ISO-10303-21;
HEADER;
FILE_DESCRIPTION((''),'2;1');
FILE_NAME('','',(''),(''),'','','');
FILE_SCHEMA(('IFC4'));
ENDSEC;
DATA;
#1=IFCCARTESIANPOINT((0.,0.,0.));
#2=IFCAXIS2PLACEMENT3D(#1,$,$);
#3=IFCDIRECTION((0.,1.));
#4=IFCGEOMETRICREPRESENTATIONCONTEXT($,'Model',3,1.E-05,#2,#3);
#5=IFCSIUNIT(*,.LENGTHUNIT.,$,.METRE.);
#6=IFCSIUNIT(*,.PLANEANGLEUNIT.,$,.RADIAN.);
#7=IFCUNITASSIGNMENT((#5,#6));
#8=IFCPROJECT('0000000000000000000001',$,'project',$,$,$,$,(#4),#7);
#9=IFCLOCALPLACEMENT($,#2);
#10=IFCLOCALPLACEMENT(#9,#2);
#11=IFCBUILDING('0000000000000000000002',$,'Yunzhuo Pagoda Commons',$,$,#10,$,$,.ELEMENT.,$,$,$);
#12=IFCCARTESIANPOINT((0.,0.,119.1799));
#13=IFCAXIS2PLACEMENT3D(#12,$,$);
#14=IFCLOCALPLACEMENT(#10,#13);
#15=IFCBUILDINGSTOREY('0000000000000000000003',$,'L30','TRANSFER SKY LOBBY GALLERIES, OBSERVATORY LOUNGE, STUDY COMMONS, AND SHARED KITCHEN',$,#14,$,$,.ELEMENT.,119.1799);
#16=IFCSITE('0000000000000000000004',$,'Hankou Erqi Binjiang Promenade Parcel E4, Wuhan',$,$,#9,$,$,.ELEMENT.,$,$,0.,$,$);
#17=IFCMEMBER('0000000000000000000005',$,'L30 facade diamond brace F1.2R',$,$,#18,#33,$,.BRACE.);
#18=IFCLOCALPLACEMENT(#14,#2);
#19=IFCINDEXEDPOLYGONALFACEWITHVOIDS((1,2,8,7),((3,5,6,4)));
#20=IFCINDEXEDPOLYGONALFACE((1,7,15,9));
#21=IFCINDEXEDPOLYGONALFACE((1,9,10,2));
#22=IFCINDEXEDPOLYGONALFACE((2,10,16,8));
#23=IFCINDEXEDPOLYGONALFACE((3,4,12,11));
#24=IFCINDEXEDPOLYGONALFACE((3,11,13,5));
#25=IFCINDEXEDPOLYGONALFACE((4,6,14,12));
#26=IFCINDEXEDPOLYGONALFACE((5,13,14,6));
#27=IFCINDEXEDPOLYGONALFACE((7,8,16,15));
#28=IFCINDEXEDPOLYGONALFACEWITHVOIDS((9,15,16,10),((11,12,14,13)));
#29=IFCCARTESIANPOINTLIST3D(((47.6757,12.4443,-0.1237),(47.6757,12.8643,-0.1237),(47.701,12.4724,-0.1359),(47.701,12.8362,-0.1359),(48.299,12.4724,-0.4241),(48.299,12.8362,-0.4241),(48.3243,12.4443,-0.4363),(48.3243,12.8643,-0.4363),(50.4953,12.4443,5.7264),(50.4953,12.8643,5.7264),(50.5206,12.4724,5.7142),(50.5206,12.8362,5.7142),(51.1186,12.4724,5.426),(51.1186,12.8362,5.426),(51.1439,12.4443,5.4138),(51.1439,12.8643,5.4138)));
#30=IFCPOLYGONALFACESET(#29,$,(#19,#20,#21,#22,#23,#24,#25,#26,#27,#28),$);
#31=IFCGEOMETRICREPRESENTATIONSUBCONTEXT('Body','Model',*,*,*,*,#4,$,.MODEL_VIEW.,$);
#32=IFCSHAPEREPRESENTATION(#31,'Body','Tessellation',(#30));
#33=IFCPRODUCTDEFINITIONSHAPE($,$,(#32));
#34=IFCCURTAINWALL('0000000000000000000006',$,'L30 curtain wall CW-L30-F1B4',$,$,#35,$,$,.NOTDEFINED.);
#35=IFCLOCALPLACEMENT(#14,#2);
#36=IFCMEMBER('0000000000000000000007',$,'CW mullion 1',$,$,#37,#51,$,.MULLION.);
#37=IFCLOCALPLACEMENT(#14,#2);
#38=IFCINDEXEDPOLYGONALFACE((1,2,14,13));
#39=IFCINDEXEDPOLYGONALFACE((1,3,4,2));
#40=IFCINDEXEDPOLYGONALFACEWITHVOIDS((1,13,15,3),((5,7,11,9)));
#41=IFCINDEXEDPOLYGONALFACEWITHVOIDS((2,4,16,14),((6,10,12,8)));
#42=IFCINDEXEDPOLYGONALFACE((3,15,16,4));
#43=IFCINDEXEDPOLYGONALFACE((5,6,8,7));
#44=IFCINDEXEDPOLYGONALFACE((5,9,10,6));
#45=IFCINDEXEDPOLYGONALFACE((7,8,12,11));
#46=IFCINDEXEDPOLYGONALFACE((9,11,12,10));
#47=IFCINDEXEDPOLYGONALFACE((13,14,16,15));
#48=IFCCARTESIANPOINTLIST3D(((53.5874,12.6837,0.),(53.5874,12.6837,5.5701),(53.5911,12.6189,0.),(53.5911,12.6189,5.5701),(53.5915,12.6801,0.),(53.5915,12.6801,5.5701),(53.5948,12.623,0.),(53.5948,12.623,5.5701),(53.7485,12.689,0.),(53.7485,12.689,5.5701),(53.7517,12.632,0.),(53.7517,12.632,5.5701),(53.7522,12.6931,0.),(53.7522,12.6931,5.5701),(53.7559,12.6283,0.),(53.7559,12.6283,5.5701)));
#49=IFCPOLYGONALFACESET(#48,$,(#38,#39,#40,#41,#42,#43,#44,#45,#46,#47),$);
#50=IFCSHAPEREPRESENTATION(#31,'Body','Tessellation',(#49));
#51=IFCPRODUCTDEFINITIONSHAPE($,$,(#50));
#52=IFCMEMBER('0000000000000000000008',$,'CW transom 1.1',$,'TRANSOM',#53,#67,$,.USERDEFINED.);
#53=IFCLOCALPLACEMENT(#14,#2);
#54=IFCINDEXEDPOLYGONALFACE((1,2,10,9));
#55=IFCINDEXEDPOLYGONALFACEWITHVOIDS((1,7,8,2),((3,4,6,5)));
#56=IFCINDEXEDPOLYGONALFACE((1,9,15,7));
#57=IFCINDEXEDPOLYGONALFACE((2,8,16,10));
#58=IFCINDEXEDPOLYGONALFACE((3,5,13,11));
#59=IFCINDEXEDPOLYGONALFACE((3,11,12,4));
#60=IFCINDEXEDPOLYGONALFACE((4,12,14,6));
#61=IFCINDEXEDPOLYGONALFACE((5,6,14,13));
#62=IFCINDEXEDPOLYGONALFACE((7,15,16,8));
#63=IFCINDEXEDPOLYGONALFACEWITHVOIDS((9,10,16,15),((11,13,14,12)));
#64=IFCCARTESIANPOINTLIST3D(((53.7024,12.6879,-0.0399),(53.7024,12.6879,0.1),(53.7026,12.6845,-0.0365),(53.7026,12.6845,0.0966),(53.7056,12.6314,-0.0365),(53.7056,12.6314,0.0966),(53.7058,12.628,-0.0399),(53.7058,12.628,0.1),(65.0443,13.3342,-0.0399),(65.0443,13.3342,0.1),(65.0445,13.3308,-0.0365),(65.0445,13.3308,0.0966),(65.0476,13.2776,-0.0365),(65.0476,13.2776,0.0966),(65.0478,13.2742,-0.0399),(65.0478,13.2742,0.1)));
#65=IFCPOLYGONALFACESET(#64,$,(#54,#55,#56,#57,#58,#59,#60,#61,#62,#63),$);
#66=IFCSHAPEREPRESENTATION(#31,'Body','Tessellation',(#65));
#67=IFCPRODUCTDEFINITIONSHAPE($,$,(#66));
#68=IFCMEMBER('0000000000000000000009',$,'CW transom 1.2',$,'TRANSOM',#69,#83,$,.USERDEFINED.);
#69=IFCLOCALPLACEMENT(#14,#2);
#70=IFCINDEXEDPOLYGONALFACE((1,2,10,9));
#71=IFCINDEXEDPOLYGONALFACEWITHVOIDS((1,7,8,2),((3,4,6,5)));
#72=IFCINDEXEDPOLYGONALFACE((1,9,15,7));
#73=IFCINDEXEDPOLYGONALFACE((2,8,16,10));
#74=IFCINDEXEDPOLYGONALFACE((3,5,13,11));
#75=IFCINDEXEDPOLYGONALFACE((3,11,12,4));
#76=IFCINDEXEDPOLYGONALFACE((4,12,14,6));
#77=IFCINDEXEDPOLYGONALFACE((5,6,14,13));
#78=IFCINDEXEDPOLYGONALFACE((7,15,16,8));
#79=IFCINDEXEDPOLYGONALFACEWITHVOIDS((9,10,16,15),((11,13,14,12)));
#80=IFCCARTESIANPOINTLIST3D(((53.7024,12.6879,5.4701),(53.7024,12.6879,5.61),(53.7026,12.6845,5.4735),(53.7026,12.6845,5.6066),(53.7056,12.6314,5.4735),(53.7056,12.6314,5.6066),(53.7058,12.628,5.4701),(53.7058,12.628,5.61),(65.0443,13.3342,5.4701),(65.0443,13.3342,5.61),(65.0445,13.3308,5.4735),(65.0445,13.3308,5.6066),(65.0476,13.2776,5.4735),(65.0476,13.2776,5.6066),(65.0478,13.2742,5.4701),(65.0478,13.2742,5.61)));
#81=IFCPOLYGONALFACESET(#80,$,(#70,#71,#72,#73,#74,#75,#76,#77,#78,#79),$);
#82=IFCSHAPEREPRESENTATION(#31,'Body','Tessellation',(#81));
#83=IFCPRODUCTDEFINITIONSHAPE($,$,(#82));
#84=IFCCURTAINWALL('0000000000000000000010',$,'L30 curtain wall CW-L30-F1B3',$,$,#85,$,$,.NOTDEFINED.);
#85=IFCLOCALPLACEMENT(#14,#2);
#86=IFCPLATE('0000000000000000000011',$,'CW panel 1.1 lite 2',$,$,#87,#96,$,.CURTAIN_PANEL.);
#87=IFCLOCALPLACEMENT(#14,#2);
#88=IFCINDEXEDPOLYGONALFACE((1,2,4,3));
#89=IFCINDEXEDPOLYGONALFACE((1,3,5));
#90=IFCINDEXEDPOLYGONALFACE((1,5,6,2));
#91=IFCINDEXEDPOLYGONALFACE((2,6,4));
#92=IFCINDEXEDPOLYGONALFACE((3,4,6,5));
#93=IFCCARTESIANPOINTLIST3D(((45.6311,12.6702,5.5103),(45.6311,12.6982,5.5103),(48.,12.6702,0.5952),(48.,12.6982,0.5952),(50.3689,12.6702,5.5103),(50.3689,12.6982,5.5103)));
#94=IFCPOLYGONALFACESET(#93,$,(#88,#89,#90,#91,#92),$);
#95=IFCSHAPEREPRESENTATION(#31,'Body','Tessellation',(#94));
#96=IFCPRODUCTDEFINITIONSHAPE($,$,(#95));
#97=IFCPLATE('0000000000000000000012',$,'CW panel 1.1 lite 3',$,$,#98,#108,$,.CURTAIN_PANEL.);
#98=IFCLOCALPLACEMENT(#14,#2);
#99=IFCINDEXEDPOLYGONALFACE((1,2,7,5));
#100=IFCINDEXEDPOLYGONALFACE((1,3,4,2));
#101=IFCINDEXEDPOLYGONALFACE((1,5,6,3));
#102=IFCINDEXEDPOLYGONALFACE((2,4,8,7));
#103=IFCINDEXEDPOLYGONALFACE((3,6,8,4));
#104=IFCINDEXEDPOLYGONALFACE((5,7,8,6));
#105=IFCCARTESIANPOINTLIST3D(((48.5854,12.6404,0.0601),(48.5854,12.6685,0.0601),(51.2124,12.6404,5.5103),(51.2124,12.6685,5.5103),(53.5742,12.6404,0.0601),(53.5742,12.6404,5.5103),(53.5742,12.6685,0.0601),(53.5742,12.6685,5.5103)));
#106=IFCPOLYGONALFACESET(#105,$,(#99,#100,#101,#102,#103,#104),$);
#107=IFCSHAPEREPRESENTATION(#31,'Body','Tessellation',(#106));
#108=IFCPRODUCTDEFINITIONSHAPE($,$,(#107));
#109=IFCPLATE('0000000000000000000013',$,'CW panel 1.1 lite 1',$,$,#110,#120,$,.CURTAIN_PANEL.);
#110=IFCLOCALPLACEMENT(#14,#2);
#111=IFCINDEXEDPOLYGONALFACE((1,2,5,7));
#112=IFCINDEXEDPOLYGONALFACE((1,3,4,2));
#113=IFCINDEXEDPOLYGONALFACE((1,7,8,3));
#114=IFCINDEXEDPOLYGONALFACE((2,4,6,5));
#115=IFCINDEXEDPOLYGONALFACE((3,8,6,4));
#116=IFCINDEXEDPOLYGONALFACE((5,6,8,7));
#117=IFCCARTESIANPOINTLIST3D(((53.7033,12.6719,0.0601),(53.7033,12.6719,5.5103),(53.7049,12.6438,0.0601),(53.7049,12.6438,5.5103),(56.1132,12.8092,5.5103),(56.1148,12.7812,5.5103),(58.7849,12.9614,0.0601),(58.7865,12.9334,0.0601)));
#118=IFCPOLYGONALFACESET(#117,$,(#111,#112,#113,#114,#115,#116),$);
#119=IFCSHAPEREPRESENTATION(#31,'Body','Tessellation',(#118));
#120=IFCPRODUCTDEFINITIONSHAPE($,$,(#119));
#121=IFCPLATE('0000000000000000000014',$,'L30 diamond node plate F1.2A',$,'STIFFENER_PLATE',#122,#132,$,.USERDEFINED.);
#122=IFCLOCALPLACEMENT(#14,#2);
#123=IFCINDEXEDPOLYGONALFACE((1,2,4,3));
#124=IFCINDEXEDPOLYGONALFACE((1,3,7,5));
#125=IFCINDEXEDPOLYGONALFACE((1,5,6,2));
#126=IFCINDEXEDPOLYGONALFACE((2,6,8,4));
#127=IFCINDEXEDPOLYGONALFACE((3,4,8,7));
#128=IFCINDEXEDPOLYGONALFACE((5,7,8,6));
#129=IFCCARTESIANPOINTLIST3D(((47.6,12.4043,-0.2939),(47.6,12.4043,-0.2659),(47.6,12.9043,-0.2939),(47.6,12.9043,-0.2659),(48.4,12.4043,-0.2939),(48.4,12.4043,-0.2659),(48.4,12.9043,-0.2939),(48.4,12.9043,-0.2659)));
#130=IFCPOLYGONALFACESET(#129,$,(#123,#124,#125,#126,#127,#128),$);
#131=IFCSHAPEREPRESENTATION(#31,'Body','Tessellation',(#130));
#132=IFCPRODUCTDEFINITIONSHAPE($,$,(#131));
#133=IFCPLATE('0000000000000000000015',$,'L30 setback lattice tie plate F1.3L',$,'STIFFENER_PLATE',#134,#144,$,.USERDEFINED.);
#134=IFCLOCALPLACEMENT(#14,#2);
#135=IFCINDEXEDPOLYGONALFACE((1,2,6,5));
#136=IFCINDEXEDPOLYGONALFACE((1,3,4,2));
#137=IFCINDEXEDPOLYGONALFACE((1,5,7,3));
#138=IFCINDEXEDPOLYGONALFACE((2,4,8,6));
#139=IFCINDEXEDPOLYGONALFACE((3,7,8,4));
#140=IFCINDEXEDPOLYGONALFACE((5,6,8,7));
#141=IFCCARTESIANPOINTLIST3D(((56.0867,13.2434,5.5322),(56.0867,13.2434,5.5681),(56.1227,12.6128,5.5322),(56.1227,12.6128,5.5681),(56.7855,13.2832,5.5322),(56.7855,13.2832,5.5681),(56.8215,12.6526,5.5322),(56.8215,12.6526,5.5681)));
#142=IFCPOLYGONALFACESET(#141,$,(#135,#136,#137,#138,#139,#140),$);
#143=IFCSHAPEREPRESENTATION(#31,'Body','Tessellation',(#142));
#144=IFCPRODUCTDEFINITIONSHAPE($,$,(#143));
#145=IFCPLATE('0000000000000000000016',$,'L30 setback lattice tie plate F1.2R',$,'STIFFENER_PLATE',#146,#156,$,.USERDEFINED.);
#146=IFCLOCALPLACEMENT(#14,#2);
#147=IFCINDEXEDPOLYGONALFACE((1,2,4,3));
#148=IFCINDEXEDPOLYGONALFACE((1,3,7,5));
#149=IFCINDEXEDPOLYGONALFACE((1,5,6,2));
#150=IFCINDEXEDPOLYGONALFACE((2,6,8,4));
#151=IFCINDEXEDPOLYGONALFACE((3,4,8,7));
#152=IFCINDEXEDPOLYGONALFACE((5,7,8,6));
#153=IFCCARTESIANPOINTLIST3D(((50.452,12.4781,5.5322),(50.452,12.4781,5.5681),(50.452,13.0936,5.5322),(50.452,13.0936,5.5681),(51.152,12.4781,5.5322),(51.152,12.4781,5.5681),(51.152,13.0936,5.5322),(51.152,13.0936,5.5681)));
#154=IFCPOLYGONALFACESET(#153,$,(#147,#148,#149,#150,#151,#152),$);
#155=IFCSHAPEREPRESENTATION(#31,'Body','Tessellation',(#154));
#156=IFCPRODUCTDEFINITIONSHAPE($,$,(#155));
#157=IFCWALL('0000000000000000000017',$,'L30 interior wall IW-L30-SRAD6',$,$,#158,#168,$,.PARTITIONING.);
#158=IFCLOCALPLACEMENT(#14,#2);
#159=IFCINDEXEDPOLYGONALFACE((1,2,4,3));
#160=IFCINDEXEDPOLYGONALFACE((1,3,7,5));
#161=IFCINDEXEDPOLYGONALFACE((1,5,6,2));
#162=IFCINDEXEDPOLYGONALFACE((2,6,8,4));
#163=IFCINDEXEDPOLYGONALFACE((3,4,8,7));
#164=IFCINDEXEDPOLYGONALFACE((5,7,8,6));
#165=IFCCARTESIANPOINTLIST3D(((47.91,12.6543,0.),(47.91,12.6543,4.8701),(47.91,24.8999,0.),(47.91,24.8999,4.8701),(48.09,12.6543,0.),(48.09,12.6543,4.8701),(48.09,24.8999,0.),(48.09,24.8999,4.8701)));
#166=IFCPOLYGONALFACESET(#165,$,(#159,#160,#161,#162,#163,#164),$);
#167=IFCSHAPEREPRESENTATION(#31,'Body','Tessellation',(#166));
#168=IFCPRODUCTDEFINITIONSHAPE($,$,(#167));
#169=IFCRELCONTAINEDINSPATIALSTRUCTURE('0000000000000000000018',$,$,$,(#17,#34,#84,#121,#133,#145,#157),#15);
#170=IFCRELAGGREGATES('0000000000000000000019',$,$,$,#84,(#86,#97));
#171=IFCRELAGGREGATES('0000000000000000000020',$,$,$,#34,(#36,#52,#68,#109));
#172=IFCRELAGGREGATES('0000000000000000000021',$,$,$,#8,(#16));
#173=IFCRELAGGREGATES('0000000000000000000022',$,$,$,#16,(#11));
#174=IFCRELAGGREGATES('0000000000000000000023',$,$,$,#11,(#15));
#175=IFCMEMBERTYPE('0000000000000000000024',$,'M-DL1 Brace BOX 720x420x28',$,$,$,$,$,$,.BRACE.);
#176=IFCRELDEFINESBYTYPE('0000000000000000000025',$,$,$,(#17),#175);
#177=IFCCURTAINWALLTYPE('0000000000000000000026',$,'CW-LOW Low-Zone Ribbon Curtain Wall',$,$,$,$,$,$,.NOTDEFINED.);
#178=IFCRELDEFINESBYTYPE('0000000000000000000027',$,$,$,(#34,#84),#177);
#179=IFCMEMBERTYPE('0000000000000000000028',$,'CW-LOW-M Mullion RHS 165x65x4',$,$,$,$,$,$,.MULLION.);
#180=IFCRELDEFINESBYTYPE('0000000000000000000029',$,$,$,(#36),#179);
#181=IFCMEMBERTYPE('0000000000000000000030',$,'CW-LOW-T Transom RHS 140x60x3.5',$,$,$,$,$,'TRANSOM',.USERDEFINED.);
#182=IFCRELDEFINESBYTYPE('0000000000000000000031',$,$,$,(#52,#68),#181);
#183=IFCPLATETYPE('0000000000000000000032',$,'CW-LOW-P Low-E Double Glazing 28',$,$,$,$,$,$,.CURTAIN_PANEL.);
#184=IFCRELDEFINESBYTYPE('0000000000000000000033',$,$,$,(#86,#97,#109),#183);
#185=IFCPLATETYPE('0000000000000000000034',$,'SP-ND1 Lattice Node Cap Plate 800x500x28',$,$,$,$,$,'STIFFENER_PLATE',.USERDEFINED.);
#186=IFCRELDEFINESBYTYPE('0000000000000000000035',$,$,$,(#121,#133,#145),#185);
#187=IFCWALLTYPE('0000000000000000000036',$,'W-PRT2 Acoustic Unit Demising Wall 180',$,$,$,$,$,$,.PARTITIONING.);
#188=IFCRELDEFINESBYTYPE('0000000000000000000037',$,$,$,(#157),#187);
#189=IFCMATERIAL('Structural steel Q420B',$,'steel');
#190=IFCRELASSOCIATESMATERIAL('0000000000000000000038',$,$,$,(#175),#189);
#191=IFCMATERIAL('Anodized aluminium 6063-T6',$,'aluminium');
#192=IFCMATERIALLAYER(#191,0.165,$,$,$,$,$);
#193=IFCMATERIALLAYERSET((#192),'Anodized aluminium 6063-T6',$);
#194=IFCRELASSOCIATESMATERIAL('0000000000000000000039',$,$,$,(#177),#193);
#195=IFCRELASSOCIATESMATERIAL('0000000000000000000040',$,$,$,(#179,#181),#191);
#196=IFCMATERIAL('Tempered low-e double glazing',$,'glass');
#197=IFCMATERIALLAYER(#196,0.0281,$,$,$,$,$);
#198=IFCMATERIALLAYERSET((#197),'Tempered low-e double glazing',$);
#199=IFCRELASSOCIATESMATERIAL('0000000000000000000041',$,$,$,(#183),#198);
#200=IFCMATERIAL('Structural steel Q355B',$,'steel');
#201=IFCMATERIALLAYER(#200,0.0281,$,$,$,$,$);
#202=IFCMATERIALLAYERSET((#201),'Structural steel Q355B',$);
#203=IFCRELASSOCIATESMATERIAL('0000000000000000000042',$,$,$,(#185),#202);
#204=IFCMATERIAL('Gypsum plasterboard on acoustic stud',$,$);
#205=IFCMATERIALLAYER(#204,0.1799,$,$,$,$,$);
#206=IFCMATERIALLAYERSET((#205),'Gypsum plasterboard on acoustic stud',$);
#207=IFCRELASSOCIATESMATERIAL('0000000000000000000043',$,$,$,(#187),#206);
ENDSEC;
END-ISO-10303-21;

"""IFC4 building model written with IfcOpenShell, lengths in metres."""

from ifc_helpers import new_model, si_unit, direction, frame, frame_2d, origin, origin_2d, place, context, subcontext, project, spatial, polyline, rectangle, hollow_rectangle, outline, extrude, source, transform, mapped, material, layer, layer_set, material_profile, profile_set, type_object, element, aggregate, save


model = new_model("IFC4")

# Units and contexts
model_context = context("Model", 3, precision=1e-05, world=origin(), true_north=direction((0.0, 1.0)))
body_context = subcontext(model_context, "Body", "Model", "MODEL_VIEW")
ifc_project = project(units=[si_unit("LENGTHUNIT", "METRE"), si_unit("PLANEANGLEUNIT", "RADIAN")], contexts=[model_context])

# Site, building, storey
site_placement = place(None, origin())
site = spatial("IfcSite", under=ifc_project, at=site_placement, Name="Hankou Erqi Binjiang Promenade Parcel E4, Wuhan", CompositionType="ELEMENT", RefElevation=0.0)
building_placement = place(site_placement, origin())
building = spatial("IfcBuilding", under=site, at=building_placement, Name="Yunzhuo Pagoda Commons", CompositionType="ELEMENT")
storey_placement = place(building_placement, frame((0.0, 0.0, 119.1799)))
storey = spatial("IfcBuildingStorey", under=building, at=storey_placement, Name="L30", Description="TRANSFER SKY LOBBY GALLERIES, OBSERVATORY LOUNGE, STUDY COMMONS, AND SHARED KITCHEN", CompositionType="ELEMENT", Elevation=119.1799)

# Shared definitions
ifc_material_1 = material(Name="Structural steel Q420B", Category="steel")

# Shared definitions
ifc_material_2 = material(Name="Structural steel Q355B", Category="steel")

# Member
ifc_material_profile_1 = material_profile(ifc_material_1, hollow_rectangle(XDim=0.4199, YDim=0.72, WallThickness=0.0281, at=origin_2d()), Name="Structural steel Q420B")
ifc_profile_set_1 = profile_set([ifc_material_profile_1], Name="Structural steel Q420B")
member_type_1 = type_object("IfcMemberType", Name="M-DL1 Brace BOX 720x420x28", PredefinedType="BRACE", material=ifc_profile_set_1)
shared_shape_1 = source(origin(), body_context, "Body", "SweptSolid", [
    extrude(hollow_rectangle(XDim=0.4199, YDim=0.72, WallThickness=0.0281, at=origin_2d()), origin(), (0.0, 0.0, 1.0), 6.4941),
])
for number, where, z_axis, x_axis, name in (
    (1, (48.0, 12.6543, -0.28), (0.434174, 0.0, 0.900829), (0.0, 1.0, 0.0), "L30 facade diamond brace F1.2R"),
):
    element("IfcMember", number, at=place(storey_placement, frame(where, z_axis=z_axis, x_axis=x_axis)), inside=storey, type_object=member_type_1, Name=name, PredefinedType="BRACE", context=body_context, shape_type="MappedRepresentation", body=[
        mapped(shared_shape_1, transform((0.0, 0.0, 0.0), scale=1.0)),
    ])

# Curtain wall, members
ifc_material_3 = material(Name="Anodized aluminium 6063-T6", Category="aluminium")
ifc_layer_1 = layer(ifc_material_3, 0.165)
ifc_layer_set_1 = layer_set([ifc_layer_1], Name="Anodized aluminium 6063-T6")
curtain_wall_type = type_object("IfcCurtainWallType", Name="CW-LOW Low-Zone Ribbon Curtain Wall", PredefinedType="NOTDEFINED", material=ifc_layer_set_1)
curtain_wall_1_placement = place(storey_placement, origin())
curtain_wall_1 = element("IfcCurtainWall", 2, at=curtain_wall_1_placement, inside=storey, type_object=curtain_wall_type, Name="L30 curtain wall CW-L30-F1B4", PredefinedType="NOTDEFINED")
ifc_material_profile_2 = material_profile(ifc_material_3, hollow_rectangle(XDim=0.0649, YDim=0.165, WallThickness=0.0039, at=origin_2d()), Name="Anodized aluminium 6063-T6")
ifc_profile_set_2 = profile_set([ifc_material_profile_2], Name="Anodized aluminium 6063-T6")
member_type_2 = type_object("IfcMemberType", Name="CW-LOW-M Mullion RHS 165x65x4", PredefinedType="MULLION", material=ifc_profile_set_2)
shared_shape_2 = source(origin(), body_context, "Body", "SweptSolid", [
    extrude(hollow_rectangle(XDim=0.0649, YDim=0.165, WallThickness=0.0039, at=origin_2d()), origin(), (0.0, 0.0, 1.0), 5.5701),
])
member_1_placement = place(storey_placement, frame((53.6716, 12.656, 0.0), z_axis=(0.0, 0.0, 1.0), x_axis=(-0.056891, 0.99838, 0.0)))
member_1 = element("IfcMember", 3, at=member_1_placement, type_object=member_type_2, Name="CW mullion 1", PredefinedType="MULLION", context=body_context, shape_type="MappedRepresentation", body=[
    mapped(shared_shape_2, transform((0.0, 0.0, 0.0), scale=1.0)),
])
ifc_material_profile_3 = material_profile(ifc_material_3, hollow_rectangle(XDim=0.0601, YDim=0.1399, WallThickness=0.0034, at=origin_2d()), Name="Anodized aluminium 6063-T6")
ifc_profile_set_3 = profile_set([ifc_material_profile_3], Name="Anodized aluminium 6063-T6")
member_type_3 = type_object("IfcMemberType", Name="CW-LOW-T Transom RHS 140x60x3.5", ElementType="TRANSOM", PredefinedType="USERDEFINED", material=ifc_profile_set_3)
shared_shape_3 = source(origin(), body_context, "Body", "SweptSolid", [
    extrude(hollow_rectangle(XDim=0.0601, YDim=0.1399, WallThickness=0.0034, at=origin_2d()), origin(), (0.0, 0.0, 1.0), 11.3604),
])
member_2_placement = place(storey_placement, frame((53.7041, 12.658, 0.03), z_axis=(0.998381, 0.056885, 0.0), x_axis=(-0.056885, 0.998381, 0.0)))
member_2 = element("IfcMember", 4, at=member_2_placement, type_object=member_type_3, Name="CW transom 1.1", ObjectType="TRANSOM", PredefinedType="USERDEFINED", context=body_context, shape_type="MappedRepresentation", body=[
    mapped(shared_shape_3, transform((0.0, 0.0, 0.0), scale=1.0)),
])
member_3_placement = place(storey_placement, frame((53.7041, 12.658, 5.54), z_axis=(0.998381, 0.056885, 0.0), x_axis=(-0.056885, 0.998381, 0.0)))
member_3 = element("IfcMember", 5, at=member_3_placement, type_object=member_type_3, Name="CW transom 1.2", ObjectType="TRANSOM", PredefinedType="USERDEFINED", context=body_context, shape_type="MappedRepresentation", body=[
    mapped(shared_shape_3, transform((0.0, 0.0, 0.0), scale=1.0)),
])

# Curtain wall, plates
curtain_wall_2_placement = place(storey_placement, origin())
curtain_wall_2 = element("IfcCurtainWall", 6, at=curtain_wall_2_placement, inside=storey, type_object=curtain_wall_type, Name="L30 curtain wall CW-L30-F1B3", PredefinedType="NOTDEFINED")
ifc_material_4 = material(Name="Tempered low-e double glazing", Category="glass")
ifc_layer_2 = layer(ifc_material_4, 0.0281)
ifc_layer_set_2 = layer_set([ifc_layer_2], Name="Tempered low-e double glazing")
plate_type_1 = type_object("IfcPlateType", Name="CW-LOW-P Low-E Double Glazing 28", PredefinedType="CURTAIN_PANEL", material=ifc_layer_set_2)
plate_1_placement = place(storey_placement, frame((48.0, 12.6982, 3.0527), z_axis=(0.0, -1.0, 0.0), x_axis=(1.0, 0.0, 0.0)))
plate_1 = element("IfcPlate", 7, at=plate_1_placement, type_object=plate_type_1, Name="CW panel 1.1 lite 2", PredefinedType="CURTAIN_PANEL", context=body_context, shape_type="SweptSolid", body=[
    extrude(outline(polyline([(-2.3689, 2.4575), (0.0, -2.4575), (2.3689, 2.4575), (-2.3689, 2.4575)])), origin(), (0.0, 0.0, 1.0), 0.0281),
])
plate_2_placement = place(storey_placement, frame((51.0798, 12.6685, 2.7852), z_axis=(0.0, -1.0, 0.0), x_axis=(1.0, 0.0, 0.0)))
plate_2 = element("IfcPlate", 8, at=plate_2_placement, type_object=plate_type_1, Name="CW panel 1.1 lite 3", PredefinedType="CURTAIN_PANEL", context=body_context, shape_type="SweptSolid", body=[
    extrude(outline(polyline([(-2.4944, -2.7251), (2.4944, -2.7251), (2.4944, 2.7251), (0.1326, 2.7251), (-2.4944, -2.7251)])), origin(), (0.0, 0.0, 1.0), 0.0281),
])
aggregate(curtain_wall_2, [plate_1, plate_2])

# Plate
plate_3_placement = place(storey_placement, frame((56.2441, 12.8167, 2.7852), z_axis=(0.056891, -0.99838, 0.0), x_axis=(0.99838, 0.056891, 0.0)))
plate_3 = element("IfcPlate", 9, at=plate_3_placement, type_object=plate_type_1, Name="CW panel 1.1 lite 1", PredefinedType="CURTAIN_PANEL", context=body_context, shape_type="SweptSolid", body=[
    extrude(outline(polyline([(-2.5449, -2.7251), (2.5449, -2.7251), (-0.1311, 2.7251), (-2.5449, 2.7251), (-2.5449, -2.7251)])), origin(), (0.0, 0.0, 1.0), 0.0281),
])
aggregate(curtain_wall_1, [member_1, member_2, member_3, plate_3])

# Plates
ifc_layer_3 = layer(ifc_material_2, 0.0281)
ifc_layer_set_3 = layer_set([ifc_layer_3], Name="Structural steel Q355B")
plate_type_2 = type_object("IfcPlateType", Name="SP-ND1 Lattice Node Cap Plate 800x500x28", ElementType="STIFFENER_PLATE", PredefinedType="USERDEFINED", material=ifc_layer_set_3)
shared_shape_4 = source(origin(), body_context, "Body", "SweptSolid", [
    extrude(rectangle(XDim=0.8, YDim=0.5, at=origin_2d()), origin(), (0.0, 0.0, 1.0), 0.0281),
])
plate_4_placement = place(storey_placement, frame((48.0, 12.6543, -0.2939), z_axis=(0.0, 0.0, 1.0), x_axis=(1.0, 0.0, 0.0)))
element("IfcPlate", 10, at=plate_4_placement, inside=storey, type_object=plate_type_2, Name="L30 diamond node plate F1.2A", ObjectType="STIFFENER_PLATE", PredefinedType="USERDEFINED", context=body_context, shape_type="MappedRepresentation", body=[
    mapped(shared_shape_4, transform((0.0, 0.0, 0.0), scale=1.0)),
])
shared_shape_5 = source(origin(), body_context, "Body", "SweptSolid", [
    extrude(rectangle(XDim=0.7, YDim=0.6316, at=origin_2d()), origin(), (0.0, 0.0, 1.0), 0.0359),
])
plate_5_placement = place(storey_placement, frame((56.4541, 12.948, 5.5322), z_axis=(0.0, 0.0, 1.0), x_axis=(0.998381, 0.056884, 0.0)))
element("IfcPlate", 11, at=plate_5_placement, inside=storey, type_object=plate_type_2, Name="L30 setback lattice tie plate F1.3L", ObjectType="STIFFENER_PLATE", PredefinedType="USERDEFINED", context=body_context, shape_type="MappedRepresentation", body=[
    mapped(shared_shape_5, transform((0.0, 0.0, 0.0), scale=1.0)),
])
shared_shape_6 = source(origin(), body_context, "Body", "SweptSolid", [
    extrude(rectangle(XDim=0.7, YDim=0.6155, at=origin_2d()), origin(), (0.0, 0.0, 1.0), 0.0359),
])
plate_6_placement = place(storey_placement, frame((50.802, 12.7859, 5.5322), z_axis=(0.0, 0.0, 1.0), x_axis=(1.0, 0.0, 0.0)))
element("IfcPlate", 12, at=plate_6_placement, inside=storey, type_object=plate_type_2, Name="L30 setback lattice tie plate F1.2R", ObjectType="STIFFENER_PLATE", PredefinedType="USERDEFINED", context=body_context, shape_type="MappedRepresentation", body=[
    mapped(shared_shape_6, transform((0.0, 0.0, 0.0), scale=1.0)),
])

# Wall
ifc_material_5 = material(Name="Gypsum plasterboard on acoustic stud")
ifc_layer_4 = layer(ifc_material_5, 0.1799)
ifc_layer_set_4 = layer_set([ifc_layer_4], Name="Gypsum plasterboard on acoustic stud")
wall_type = type_object("IfcWallType", Name="W-PRT2 Acoustic Unit Demising Wall 180", PredefinedType="PARTITIONING", material=ifc_layer_set_4)
wall_placement = place(storey_placement, frame((48.0, 24.8999, 0.0), z_axis=(0.0, 0.0, 1.0), x_axis=(0.0, -1.0, 0.0)))
element("IfcWall", 13, at=wall_placement, inside=storey, type_object=wall_type, Name="L30 interior wall IW-L30-SRAD6", PredefinedType="PARTITIONING", context=body_context, shape_type="SweptSolid", body=[
    extrude(rectangle(XDim=12.2456, YDim=0.1799, at=frame_2d((6.1228, 0.0))), origin(), (0.0, 0.0, 1.0), 4.8701),
])

save(model, "model.ifc")
